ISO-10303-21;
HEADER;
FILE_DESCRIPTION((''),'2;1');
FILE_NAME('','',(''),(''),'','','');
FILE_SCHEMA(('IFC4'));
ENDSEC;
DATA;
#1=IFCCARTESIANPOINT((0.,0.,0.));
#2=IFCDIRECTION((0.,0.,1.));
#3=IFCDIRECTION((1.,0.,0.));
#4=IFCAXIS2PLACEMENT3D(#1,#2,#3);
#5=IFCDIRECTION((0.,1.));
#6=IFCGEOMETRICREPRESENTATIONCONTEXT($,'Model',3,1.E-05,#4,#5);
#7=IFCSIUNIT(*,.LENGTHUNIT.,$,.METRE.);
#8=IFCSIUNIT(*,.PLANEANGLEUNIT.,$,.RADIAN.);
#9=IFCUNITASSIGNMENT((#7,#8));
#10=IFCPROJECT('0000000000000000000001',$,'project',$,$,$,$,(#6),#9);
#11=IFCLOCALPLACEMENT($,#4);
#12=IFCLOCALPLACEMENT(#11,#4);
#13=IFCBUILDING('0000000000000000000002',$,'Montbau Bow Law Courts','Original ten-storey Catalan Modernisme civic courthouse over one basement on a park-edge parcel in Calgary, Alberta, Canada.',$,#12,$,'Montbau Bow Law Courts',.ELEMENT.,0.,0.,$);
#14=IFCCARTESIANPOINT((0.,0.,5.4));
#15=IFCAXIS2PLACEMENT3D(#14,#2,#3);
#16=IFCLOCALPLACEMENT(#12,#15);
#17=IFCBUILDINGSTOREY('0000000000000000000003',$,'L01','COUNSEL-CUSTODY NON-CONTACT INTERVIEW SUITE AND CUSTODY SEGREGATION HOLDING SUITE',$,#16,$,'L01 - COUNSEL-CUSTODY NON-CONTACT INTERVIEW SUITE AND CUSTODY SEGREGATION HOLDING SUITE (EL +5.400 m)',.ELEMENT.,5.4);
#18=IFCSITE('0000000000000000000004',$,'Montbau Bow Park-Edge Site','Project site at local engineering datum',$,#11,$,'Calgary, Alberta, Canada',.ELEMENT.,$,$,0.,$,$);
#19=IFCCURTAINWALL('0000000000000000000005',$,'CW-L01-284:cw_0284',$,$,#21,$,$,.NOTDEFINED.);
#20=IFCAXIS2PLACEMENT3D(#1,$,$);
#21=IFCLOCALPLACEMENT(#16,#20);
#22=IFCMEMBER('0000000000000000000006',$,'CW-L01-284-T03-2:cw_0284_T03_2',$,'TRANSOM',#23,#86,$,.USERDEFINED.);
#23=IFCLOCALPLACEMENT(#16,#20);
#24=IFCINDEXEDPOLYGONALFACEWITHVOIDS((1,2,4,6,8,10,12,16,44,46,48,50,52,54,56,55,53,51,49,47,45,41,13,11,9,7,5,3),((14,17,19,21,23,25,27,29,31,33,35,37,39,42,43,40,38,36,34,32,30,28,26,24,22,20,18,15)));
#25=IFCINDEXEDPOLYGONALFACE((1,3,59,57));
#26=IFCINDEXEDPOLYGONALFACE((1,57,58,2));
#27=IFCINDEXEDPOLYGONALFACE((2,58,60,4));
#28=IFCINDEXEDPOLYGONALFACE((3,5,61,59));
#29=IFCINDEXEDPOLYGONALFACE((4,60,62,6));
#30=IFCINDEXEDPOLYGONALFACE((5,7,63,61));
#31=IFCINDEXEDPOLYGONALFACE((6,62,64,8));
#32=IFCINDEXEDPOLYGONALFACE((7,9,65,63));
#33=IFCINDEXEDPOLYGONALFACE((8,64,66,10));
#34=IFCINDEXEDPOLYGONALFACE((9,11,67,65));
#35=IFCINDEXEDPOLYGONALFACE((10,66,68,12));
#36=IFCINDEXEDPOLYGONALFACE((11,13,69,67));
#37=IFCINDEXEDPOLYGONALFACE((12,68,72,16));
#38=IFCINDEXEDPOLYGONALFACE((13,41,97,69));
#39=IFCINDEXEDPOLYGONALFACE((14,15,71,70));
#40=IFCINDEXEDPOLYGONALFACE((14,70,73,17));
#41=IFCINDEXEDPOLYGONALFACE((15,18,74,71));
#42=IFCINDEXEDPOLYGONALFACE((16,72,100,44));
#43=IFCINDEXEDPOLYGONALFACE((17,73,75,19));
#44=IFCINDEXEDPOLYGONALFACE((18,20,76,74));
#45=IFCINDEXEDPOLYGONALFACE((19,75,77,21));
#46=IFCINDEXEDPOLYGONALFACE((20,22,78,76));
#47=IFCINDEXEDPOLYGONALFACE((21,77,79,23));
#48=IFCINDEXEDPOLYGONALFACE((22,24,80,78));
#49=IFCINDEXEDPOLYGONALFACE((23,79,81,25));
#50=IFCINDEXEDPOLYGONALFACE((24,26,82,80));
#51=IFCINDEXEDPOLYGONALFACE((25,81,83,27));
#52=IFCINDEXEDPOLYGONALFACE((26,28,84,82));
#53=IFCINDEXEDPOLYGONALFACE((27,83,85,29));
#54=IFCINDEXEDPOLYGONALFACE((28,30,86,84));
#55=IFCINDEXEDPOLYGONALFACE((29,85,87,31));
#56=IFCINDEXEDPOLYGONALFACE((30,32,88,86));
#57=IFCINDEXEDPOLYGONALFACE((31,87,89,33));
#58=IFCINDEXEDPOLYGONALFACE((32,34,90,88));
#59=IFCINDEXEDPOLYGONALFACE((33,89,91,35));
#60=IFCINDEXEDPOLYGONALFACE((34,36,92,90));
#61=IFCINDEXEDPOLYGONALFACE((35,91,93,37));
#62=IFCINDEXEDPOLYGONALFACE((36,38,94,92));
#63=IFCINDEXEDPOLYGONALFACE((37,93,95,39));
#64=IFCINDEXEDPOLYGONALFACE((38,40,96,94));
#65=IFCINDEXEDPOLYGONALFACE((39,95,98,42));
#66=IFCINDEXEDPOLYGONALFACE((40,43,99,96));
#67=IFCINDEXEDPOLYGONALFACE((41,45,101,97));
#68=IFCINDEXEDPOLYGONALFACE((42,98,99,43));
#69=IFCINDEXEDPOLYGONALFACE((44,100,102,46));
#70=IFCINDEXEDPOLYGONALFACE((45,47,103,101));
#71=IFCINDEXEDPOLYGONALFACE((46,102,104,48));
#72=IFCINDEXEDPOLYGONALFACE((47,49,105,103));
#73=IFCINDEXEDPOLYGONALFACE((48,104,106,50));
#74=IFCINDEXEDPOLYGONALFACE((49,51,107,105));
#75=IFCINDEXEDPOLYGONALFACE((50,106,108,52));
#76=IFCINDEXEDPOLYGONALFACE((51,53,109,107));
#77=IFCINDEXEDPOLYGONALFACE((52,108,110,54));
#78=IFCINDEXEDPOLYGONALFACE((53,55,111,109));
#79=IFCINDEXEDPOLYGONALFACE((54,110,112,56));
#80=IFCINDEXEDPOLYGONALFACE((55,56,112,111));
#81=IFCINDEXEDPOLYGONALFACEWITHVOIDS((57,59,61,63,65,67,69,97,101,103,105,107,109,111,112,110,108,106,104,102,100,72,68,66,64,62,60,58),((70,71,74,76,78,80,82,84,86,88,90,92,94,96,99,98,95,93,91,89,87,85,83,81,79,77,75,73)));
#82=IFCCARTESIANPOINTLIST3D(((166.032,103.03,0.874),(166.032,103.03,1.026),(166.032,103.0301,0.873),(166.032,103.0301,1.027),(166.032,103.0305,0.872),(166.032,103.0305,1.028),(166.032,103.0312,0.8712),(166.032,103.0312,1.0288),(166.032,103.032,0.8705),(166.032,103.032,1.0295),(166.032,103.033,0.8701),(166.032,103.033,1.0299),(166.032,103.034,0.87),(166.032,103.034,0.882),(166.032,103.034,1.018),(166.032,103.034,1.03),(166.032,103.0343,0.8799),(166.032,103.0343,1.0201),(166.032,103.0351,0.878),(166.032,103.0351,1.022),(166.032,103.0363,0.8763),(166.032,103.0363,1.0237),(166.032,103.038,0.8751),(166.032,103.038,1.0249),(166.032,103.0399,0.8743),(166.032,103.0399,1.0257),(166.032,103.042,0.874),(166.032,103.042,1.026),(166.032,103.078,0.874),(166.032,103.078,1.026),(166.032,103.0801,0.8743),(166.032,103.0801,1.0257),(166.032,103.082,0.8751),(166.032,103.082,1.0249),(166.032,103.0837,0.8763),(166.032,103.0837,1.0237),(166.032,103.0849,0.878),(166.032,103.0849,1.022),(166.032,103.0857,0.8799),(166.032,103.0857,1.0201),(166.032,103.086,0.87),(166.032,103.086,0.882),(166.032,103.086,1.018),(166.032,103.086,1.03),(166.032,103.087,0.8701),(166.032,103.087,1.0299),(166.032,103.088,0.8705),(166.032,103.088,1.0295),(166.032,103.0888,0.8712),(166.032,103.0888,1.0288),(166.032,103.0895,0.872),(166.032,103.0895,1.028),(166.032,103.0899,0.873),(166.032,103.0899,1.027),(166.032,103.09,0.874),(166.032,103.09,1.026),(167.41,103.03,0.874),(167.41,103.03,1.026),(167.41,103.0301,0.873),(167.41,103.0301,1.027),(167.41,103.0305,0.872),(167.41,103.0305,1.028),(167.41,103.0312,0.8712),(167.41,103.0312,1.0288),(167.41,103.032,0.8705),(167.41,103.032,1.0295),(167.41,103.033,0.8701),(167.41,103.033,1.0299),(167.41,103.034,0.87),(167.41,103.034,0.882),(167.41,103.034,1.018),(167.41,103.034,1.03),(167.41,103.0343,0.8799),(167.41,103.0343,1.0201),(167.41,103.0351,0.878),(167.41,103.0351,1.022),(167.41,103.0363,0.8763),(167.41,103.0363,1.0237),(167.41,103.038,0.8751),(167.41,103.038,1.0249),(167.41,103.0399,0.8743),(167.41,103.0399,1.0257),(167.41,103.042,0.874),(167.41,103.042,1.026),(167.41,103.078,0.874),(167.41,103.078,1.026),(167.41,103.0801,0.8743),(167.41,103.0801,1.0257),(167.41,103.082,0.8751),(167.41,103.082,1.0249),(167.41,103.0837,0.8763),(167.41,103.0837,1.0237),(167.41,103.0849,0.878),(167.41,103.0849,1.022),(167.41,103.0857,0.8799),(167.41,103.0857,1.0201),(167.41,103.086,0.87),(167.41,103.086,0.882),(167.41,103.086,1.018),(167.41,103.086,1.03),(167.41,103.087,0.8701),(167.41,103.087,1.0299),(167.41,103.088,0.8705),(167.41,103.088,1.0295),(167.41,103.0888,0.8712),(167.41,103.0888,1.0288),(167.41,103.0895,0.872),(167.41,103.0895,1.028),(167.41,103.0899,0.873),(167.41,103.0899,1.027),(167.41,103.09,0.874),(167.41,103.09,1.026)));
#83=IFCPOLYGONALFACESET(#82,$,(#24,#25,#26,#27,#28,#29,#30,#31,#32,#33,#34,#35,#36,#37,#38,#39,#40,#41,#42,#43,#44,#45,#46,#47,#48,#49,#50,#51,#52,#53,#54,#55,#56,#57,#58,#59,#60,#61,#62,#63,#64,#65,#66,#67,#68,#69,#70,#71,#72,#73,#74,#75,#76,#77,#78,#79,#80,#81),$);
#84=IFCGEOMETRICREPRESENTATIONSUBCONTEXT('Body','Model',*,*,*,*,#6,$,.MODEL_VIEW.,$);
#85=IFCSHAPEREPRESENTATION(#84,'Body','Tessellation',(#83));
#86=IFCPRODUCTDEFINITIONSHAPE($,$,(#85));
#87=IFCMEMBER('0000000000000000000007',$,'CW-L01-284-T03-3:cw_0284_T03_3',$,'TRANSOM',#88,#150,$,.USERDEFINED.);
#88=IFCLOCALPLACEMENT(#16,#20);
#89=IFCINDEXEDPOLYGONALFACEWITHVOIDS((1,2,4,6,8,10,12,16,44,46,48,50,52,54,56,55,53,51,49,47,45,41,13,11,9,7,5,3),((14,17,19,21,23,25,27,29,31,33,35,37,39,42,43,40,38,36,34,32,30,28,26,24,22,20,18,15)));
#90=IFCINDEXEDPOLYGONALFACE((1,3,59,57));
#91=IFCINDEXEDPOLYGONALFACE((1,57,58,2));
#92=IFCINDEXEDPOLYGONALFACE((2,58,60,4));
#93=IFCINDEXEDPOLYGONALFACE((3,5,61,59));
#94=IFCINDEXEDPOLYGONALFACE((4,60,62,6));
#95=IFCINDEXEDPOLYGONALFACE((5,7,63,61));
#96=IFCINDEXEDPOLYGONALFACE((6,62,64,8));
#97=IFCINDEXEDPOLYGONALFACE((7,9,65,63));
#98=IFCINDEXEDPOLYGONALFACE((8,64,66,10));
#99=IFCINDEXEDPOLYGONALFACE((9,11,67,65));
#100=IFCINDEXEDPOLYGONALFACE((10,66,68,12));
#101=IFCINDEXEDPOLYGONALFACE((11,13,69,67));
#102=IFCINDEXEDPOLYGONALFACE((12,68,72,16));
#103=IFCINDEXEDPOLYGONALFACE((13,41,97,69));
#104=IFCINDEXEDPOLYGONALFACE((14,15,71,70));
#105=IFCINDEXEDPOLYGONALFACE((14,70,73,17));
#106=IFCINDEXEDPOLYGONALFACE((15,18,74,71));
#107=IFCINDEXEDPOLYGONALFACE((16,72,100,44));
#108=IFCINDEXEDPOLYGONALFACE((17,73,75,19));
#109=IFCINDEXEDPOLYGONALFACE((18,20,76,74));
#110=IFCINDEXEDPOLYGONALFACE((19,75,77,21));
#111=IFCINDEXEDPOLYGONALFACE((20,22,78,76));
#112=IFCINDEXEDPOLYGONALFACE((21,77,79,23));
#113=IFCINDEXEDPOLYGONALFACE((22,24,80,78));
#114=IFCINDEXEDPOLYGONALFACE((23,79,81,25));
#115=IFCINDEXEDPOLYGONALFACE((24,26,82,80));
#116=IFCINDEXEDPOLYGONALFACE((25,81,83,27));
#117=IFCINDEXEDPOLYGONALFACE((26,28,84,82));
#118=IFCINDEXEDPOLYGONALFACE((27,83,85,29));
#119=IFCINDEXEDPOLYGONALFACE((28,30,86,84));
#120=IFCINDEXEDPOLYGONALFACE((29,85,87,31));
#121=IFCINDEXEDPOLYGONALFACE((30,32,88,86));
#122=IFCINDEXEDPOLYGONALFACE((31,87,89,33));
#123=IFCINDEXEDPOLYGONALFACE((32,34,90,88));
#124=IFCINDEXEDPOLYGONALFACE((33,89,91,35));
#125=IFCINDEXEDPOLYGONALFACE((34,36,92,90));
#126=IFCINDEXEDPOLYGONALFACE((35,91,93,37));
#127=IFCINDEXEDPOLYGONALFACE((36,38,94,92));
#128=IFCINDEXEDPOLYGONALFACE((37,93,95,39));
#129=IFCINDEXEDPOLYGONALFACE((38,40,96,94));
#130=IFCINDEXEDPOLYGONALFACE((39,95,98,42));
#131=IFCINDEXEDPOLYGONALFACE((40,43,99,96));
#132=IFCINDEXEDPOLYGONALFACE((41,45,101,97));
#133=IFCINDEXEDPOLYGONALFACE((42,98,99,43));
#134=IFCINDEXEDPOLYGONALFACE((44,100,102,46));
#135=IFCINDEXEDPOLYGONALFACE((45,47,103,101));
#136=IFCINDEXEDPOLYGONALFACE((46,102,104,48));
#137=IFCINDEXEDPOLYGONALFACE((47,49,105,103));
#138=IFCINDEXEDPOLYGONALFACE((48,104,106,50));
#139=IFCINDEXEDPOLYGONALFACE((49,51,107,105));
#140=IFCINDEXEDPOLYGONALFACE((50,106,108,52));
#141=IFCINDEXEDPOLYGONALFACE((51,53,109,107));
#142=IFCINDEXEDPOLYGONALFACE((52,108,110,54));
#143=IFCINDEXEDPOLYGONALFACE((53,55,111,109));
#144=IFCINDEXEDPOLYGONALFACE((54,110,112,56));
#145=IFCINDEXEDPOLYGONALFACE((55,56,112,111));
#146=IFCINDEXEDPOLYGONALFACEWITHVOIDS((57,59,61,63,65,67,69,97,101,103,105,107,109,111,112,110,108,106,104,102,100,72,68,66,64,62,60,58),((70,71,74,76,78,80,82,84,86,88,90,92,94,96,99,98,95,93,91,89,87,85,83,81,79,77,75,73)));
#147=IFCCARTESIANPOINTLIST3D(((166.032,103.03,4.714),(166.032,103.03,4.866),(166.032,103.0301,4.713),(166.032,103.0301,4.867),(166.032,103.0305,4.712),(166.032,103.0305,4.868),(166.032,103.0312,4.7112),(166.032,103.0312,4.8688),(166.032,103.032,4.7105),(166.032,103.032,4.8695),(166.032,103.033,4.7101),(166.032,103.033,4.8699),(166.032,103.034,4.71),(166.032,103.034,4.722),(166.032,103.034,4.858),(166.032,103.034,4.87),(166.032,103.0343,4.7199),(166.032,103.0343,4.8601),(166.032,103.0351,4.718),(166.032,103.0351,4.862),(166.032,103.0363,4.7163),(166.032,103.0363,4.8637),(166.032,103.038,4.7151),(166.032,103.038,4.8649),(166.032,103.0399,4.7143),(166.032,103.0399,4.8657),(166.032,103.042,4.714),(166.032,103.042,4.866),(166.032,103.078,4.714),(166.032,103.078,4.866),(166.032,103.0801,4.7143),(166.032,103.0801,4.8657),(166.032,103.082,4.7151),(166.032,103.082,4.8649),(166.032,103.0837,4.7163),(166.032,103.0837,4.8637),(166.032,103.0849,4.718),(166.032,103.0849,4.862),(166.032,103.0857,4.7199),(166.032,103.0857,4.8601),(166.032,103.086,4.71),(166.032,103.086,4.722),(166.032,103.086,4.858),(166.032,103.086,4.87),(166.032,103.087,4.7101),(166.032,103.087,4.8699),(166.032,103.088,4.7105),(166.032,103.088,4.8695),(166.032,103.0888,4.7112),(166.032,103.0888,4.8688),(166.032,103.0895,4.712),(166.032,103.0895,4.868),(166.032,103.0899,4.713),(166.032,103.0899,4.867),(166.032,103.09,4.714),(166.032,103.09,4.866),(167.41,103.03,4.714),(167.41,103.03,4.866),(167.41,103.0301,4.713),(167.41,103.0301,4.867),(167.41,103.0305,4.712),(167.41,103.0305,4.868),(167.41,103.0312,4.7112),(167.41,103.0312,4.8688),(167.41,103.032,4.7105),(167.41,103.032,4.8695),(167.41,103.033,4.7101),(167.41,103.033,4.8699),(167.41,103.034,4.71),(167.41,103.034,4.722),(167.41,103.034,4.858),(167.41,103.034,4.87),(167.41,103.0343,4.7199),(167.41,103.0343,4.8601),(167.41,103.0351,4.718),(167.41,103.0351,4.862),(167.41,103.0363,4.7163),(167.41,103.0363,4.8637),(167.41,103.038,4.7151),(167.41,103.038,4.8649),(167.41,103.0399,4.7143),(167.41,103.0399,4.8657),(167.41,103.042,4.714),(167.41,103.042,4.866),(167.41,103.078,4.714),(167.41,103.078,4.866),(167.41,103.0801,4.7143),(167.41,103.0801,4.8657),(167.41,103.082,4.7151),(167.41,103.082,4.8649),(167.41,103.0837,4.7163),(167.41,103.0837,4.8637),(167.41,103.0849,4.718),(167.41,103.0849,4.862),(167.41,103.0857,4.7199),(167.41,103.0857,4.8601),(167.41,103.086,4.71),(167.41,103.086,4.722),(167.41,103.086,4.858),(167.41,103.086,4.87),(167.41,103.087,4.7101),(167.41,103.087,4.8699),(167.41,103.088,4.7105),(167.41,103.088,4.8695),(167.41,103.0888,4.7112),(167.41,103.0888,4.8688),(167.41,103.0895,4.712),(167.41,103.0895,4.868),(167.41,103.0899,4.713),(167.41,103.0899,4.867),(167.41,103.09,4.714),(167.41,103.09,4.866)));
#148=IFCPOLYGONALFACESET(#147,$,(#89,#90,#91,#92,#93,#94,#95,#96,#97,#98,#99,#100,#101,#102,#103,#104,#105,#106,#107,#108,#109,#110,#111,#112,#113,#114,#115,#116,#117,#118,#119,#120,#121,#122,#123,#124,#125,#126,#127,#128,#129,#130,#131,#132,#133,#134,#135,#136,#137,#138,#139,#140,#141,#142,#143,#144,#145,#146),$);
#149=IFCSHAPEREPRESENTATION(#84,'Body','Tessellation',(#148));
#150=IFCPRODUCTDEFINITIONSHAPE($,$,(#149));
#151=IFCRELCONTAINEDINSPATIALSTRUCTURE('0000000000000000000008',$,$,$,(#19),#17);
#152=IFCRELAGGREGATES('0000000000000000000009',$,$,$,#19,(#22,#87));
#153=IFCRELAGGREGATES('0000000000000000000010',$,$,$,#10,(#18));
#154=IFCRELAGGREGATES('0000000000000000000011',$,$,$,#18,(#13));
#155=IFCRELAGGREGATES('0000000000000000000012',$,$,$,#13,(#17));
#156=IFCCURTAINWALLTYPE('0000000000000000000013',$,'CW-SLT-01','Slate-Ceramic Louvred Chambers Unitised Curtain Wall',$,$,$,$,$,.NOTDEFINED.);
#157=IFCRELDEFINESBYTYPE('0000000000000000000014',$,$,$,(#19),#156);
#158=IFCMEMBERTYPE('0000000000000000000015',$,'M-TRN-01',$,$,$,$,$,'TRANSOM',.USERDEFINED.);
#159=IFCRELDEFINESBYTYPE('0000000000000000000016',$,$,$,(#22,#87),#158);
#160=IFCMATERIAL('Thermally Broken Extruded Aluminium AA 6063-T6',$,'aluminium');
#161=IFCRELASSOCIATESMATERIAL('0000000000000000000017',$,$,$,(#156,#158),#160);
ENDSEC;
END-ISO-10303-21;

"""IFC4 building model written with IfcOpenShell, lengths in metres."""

from ifc_helpers import new_model, si_unit, direction, frame, origin_with_axes, origin_2d_with_axis, place, context, subcontext, project, spatial, hollow_rectangle, extrude, material, material_profile, profile_set, type_object, element, aggregate, save


model = new_model("IFC4")

# Units and contexts
model_context = context("Model", 3, precision=1e-05, world=origin_with_axes(), true_north=direction((0.0, 1.0)))
body_context = subcontext(model_context, "Body", "Model", "MODEL_VIEW")
ifc_project = project(units=[si_unit("LENGTHUNIT", "METRE"), si_unit("PLANEANGLEUNIT", "RADIAN")], contexts=[model_context])

# Site, building, storey
site_placement = place(None, origin_with_axes())
site = spatial("IfcSite", under=ifc_project, at=site_placement, Name="Montbau Bow Park-Edge Site", Description="Project site at local engineering datum", LongName="Calgary, Alberta, Canada", CompositionType="ELEMENT", RefElevation=0.0)
building_placement = place(site_placement, origin_with_axes())
building = spatial("IfcBuilding", under=site, at=building_placement, Name="Montbau Bow Law Courts", Description="Original ten-storey Catalan Modernisme civic courthouse over one basement on a park-edge parcel in Calgary, Alberta, Canada.", LongName="Montbau Bow Law Courts", CompositionType="ELEMENT", ElevationOfRefHeight=0.0, ElevationOfTerrain=0.0)
storey_placement = place(building_placement, frame((0.0, 0.0, 5.4), z_axis=(0.0, 0.0, 1.0), x_axis=(1.0, 0.0, 0.0)))
storey = spatial("IfcBuildingStorey", under=building, at=storey_placement, Name="L01", Description="COUNSEL-CUSTODY NON-CONTACT INTERVIEW SUITE AND CUSTODY SEGREGATION HOLDING SUITE", LongName="L01 - COUNSEL-CUSTODY NON-CONTACT INTERVIEW SUITE AND CUSTODY SEGREGATION HOLDING SUITE (EL +5.400 m)", CompositionType="ELEMENT", Elevation=5.4)

# Shared definitions
ifc_material_1 = material(Name="Thermally Broken Extruded Aluminium AA 6063-T6", Category="aluminium")
curtain_wall_type = type_object("IfcCurtainWallType", Name="CW-SLT-01", Description="Slate-Ceramic Louvred Chambers Unitised Curtain Wall", PredefinedType="NOTDEFINED", material=ifc_material_1)

# Curtain wall, members
curtain_wall_1_placement = place(None, frame((163.115, 103.06, 5.4), z_axis=(0.0, 0.0, 1.0), x_axis=(1.0, 0.0, 0.0)))
curtain_wall_1 = element("IfcCurtainWall", 1, at=curtain_wall_1_placement, inside=storey, type_object=curtain_wall_type, Name="CW-L01-284:cw_0284", PredefinedType="NOTDEFINED")
ifc_material_profile_1 = material_profile(ifc_material_1, hollow_rectangle(XDim=0.06, YDim=0.16, WallThickness=0.004, InnerFilletRadius=0.008, OuterFilletRadius=0.004, at=origin_2d_with_axis()), Name="CWT-160X60", Category="Main", Priority=0)
ifc_profile_set_1 = profile_set([ifc_material_profile_1], Name="Thermally Broken Extruded Aluminium AA 6063-T6")
member_type_1 = type_object("IfcMemberType", Name="M-TRN-01", ElementType="TRANSOM", PredefinedType="USERDEFINED", material=ifc_profile_set_1)
member_1_placement = place(None, frame((166.032, 103.06, 6.35), z_axis=(1.0, 0.0, 0.0), x_axis=(0.0, 1.0, 0.0)))
member_1 = element("IfcMember", 2, at=member_1_placement, type_object=member_type_1, Name="CW-L01-284-T03-2:cw_0284_T03_2", ObjectType="TRANSOM", PredefinedType="USERDEFINED", context=body_context, shape_type="SweptSolid", body=[
    extrude(hollow_rectangle(XDim=0.06, YDim=0.16, WallThickness=0.004, InnerFilletRadius=0.008, OuterFilletRadius=0.004, at=origin_2d_with_axis()), origin_with_axes(), (0.0, 0.0, 1.0), 1.378),
])
member_2_placement = place(None, frame((166.032, 103.06, 10.19), z_axis=(1.0, 0.0, 0.0), x_axis=(0.0, 1.0, 0.0)))
member_2 = element("IfcMember", 3, at=member_2_placement, type_object=member_type_1, Name="CW-L01-284-T03-3:cw_0284_T03_3", ObjectType="TRANSOM", PredefinedType="USERDEFINED", context=body_context, shape_type="SweptSolid", body=[
    extrude(hollow_rectangle(XDim=0.06, YDim=0.16, WallThickness=0.004, InnerFilletRadius=0.008, OuterFilletRadius=0.004, at=origin_2d_with_axis()), origin_with_axes(), (0.0, 0.0, 1.0), 1.378),
])

aggregate(curtain_wall_1, [member_1, member_2])

save(model, "model.ifc")
